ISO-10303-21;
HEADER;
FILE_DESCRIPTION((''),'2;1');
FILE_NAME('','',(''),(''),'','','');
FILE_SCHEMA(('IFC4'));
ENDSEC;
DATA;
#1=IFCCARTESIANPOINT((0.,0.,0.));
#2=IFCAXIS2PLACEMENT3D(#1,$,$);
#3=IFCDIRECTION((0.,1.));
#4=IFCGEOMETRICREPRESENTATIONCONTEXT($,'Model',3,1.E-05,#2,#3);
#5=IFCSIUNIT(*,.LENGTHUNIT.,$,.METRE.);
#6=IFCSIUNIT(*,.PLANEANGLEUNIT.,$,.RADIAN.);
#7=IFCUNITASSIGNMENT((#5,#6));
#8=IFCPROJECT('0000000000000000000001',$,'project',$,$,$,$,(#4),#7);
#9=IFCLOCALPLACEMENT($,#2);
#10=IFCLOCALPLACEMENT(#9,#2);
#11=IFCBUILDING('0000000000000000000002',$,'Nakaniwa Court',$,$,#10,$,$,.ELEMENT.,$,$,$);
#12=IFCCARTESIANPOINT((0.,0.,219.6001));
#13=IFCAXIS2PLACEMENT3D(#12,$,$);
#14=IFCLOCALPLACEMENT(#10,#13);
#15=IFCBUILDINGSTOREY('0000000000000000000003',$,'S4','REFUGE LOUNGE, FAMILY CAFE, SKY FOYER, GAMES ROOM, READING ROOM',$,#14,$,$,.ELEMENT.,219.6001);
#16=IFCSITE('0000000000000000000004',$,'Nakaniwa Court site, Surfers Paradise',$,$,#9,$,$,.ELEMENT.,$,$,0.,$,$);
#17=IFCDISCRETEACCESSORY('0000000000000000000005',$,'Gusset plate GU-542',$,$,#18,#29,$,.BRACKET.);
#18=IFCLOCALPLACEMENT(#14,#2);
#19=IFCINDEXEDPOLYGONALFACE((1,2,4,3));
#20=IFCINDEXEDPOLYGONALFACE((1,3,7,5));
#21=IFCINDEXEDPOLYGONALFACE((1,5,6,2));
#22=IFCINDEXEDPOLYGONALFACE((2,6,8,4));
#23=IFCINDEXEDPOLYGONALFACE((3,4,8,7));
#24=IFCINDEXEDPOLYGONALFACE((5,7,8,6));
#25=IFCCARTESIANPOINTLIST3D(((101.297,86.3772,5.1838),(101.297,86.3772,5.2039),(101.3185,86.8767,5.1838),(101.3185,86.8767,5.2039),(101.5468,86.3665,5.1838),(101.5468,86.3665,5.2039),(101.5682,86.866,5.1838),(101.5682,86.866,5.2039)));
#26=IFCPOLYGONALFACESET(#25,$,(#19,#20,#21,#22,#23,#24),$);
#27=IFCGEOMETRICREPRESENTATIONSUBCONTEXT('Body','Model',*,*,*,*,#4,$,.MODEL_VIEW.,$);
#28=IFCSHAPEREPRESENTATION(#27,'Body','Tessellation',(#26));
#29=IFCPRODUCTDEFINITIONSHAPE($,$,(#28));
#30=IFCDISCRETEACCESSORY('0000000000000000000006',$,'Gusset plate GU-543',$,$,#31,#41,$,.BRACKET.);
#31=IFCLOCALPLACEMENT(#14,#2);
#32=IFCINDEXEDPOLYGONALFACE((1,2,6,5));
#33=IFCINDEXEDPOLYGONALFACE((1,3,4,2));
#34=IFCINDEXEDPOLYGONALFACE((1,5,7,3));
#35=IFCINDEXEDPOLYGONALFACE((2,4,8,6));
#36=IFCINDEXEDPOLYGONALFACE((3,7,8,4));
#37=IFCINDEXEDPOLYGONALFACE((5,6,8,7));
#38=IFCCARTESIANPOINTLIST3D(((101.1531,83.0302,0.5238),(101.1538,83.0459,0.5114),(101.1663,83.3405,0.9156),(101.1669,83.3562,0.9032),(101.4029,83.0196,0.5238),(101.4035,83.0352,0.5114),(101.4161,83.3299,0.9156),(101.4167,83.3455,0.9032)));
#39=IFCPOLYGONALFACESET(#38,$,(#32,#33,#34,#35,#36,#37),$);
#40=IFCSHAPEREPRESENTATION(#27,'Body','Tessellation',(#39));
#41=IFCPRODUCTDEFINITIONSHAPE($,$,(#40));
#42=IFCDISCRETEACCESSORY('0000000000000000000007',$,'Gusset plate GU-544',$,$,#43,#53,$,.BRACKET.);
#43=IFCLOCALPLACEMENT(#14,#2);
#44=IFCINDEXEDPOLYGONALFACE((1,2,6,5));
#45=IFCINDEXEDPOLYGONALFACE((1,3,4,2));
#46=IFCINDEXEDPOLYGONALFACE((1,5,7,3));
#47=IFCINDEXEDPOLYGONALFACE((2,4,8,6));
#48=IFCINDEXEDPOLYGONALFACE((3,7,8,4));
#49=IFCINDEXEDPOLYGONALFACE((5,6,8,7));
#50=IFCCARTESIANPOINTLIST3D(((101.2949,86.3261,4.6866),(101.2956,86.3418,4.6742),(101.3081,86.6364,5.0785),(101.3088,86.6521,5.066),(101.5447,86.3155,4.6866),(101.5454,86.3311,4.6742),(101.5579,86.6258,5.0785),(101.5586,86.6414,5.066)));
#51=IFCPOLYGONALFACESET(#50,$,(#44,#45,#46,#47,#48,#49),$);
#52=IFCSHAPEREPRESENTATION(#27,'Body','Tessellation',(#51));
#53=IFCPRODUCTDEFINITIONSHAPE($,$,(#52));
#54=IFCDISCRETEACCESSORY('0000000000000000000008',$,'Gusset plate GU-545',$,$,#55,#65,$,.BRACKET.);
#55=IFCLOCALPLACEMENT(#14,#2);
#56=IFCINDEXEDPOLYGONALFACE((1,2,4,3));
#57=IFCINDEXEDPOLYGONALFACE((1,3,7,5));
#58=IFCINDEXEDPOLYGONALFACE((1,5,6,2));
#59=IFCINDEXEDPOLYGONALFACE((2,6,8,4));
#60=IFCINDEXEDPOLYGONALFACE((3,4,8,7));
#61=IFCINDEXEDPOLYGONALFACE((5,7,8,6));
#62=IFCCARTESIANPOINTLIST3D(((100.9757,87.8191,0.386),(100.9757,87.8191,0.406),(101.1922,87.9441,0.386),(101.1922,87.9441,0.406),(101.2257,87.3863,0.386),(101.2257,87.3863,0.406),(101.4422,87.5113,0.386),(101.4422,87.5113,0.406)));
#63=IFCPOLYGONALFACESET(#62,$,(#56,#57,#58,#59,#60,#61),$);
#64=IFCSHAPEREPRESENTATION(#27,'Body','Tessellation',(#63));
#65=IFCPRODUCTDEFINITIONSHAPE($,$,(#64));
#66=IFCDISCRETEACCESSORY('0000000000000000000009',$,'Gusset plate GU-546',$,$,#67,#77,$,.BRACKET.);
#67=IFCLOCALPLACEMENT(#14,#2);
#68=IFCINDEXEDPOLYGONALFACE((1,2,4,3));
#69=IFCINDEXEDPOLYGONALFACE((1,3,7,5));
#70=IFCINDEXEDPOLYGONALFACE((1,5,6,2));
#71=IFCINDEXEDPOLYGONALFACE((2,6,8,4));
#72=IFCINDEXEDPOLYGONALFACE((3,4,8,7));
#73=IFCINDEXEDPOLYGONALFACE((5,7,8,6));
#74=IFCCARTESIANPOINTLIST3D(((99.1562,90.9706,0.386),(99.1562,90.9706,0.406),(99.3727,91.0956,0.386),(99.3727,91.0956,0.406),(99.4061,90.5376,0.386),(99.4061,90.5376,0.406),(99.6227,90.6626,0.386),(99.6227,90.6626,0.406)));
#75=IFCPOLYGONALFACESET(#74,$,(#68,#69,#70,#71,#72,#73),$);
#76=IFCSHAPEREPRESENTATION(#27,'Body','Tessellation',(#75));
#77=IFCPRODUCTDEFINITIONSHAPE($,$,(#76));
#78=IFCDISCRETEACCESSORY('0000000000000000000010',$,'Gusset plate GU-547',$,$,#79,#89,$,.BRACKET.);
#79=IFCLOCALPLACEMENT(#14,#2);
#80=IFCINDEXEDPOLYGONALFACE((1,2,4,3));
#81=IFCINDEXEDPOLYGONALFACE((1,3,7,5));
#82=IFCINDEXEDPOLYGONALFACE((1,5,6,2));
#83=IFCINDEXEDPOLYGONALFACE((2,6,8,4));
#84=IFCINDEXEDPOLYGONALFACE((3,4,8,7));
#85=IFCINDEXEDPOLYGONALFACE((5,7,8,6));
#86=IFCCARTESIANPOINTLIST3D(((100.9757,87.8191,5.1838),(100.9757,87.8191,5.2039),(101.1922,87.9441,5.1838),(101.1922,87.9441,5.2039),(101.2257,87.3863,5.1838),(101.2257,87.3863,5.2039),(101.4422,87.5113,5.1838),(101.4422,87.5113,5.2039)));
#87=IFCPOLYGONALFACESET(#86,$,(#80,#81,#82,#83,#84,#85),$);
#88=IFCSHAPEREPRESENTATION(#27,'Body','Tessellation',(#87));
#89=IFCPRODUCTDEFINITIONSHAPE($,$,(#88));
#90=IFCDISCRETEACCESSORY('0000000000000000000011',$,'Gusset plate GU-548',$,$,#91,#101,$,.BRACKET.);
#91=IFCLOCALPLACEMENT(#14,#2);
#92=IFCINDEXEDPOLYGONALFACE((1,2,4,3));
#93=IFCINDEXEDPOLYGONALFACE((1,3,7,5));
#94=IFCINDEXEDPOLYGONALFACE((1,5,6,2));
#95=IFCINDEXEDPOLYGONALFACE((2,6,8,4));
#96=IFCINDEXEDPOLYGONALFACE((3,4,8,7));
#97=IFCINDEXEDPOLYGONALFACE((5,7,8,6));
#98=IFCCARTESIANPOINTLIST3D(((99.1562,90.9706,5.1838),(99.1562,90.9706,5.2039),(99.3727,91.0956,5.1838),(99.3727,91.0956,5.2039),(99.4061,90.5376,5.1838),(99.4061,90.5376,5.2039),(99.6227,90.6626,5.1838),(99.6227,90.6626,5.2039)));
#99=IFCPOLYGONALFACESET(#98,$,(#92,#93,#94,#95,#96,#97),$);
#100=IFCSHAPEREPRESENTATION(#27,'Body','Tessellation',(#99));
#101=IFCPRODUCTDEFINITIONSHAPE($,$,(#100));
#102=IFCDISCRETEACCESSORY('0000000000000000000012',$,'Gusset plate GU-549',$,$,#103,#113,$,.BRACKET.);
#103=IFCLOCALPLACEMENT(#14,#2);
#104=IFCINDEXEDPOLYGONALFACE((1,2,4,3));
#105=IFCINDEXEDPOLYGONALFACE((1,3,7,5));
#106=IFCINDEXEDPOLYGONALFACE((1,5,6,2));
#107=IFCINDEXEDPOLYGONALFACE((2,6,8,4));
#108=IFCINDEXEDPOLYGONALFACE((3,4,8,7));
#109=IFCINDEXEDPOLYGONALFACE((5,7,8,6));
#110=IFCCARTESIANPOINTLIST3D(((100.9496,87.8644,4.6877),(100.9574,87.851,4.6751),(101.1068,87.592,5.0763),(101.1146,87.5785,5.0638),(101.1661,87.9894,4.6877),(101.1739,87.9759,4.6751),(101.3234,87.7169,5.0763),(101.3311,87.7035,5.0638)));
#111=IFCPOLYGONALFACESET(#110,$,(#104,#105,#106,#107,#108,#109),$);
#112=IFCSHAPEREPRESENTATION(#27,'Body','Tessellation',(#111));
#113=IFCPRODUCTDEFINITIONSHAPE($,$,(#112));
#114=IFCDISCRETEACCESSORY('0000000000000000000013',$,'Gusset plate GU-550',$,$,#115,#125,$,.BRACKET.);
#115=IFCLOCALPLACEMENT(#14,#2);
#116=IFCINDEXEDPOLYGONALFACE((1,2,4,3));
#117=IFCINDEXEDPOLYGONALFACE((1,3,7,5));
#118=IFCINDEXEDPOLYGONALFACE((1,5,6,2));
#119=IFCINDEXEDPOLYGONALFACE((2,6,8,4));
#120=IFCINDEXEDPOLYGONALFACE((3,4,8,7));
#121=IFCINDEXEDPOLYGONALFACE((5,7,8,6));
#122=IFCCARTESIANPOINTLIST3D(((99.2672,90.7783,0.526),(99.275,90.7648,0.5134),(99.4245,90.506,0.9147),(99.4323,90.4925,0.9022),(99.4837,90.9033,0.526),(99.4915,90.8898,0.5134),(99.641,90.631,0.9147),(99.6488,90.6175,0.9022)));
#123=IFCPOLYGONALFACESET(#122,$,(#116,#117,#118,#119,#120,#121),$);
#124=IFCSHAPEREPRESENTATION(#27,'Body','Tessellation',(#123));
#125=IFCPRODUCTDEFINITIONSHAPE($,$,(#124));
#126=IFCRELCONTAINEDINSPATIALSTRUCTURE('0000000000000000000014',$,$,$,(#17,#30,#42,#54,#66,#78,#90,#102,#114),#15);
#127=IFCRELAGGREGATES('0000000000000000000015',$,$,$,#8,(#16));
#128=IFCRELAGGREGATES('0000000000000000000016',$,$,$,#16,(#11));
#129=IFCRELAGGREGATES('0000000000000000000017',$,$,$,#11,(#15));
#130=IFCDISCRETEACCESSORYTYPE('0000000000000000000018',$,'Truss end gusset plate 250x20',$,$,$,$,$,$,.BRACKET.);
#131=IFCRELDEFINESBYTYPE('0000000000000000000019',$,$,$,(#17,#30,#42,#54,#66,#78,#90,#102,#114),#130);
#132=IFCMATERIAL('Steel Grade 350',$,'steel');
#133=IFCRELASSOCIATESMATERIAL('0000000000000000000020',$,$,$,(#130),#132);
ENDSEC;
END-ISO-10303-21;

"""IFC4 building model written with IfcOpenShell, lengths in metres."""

from ifc_helpers import new_model, si_unit, direction, frame, origin, origin_2d, place, context, subcontext, project, spatial, rectangle, extrude, material, material_profile, profile_set, type_object, element, save


model = new_model("IFC4")

# Units and contexts
model_context = context("Model", 3, precision=1e-05, world=origin(), true_north=direction((0.0, 1.0)))
body_context = subcontext(model_context, "Body", "Model", "MODEL_VIEW")
ifc_project = project(units=[si_unit("LENGTHUNIT", "METRE"), si_unit("PLANEANGLEUNIT", "RADIAN")], contexts=[model_context])

# Site, building, storey
site_placement = place(None, origin())
site = spatial("IfcSite", under=ifc_project, at=site_placement, Name="Nakaniwa Court site, Surfers Paradise", CompositionType="ELEMENT", RefElevation=0.0)
building_placement = place(site_placement, origin())
building = spatial("IfcBuilding", under=site, at=building_placement, Name="Nakaniwa Court", CompositionType="ELEMENT")
storey_placement = place(building_placement, frame((0.0, 0.0, 219.6001)))
storey = spatial("IfcBuildingStorey", under=building, at=storey_placement, Name="S4", Description="REFUGE LOUNGE, FAMILY CAFE, SKY FOYER, GAMES ROOM, READING ROOM", CompositionType="ELEMENT", Elevation=219.6001)

# Shared definitions
ifc_material_1 = material(Name="Steel Grade 350", Category="steel")

# Discrete accessories
ifc_material_profile_1 = material_profile(ifc_material_1, rectangle(XDim=0.25, YDim=0.02, at=origin_2d()), Name="Truss end gusset plate 250x20")
ifc_profile_set_1 = profile_set([ifc_material_profile_1], Name="Steel Grade 350")
discrete_accessory_type = type_object("IfcDiscreteAccessoryType", Name="Truss end gusset plate 250x20", PredefinedType="BRACKET", material=ifc_profile_set_1)
for number, where, z_axis, x_axis, name in (
    (1, (101.4219, 86.3718, 5.1938), (0.042971, 0.999076, 0.0), (-0.999076, 0.042971, 0.0), "Gusset plate GU-542"),
    (2, (101.2915, 83.343, 0.9094), (-0.026367, -0.6206, -0.783684), (0.999099, -0.042448, 0.0), "Gusset plate GU-543"),
    (3, (101.4202, 86.3286, 4.6804), (0.026367, 0.6206, 0.783684), (-0.999099, 0.042448, 0.0), "Gusset plate GU-544"),
):
    element("IfcDiscreteAccessory", number, at=place(storey_placement, frame(where, z_axis=z_axis, x_axis=x_axis)), inside=storey, type_object=discrete_accessory_type, Name=name, PredefinedType="BRACKET", context=body_context, shape_type="SweptSolid", body=[
        extrude(rectangle(XDim=0.25, YDim=0.02, at=origin_2d()), origin(), (0.0, 0.0, 1.0), 0.5),
    ])
discrete_accessory_1_placement = place(storey_placement, frame((101.084, 87.8816, 0.396), z_axis=(0.500131, -0.86595, 0.0), x_axis=(0.86595, 0.500131, 0.0)))
element("IfcDiscreteAccessory", 4, at=discrete_accessory_1_placement, inside=storey, type_object=discrete_accessory_type, Name="Gusset plate GU-545", PredefinedType="BRACKET", context=body_context, shape_type="SweptSolid", body=[
    extrude(rectangle(XDim=0.25, YDim=0.02, at=origin_2d()), origin(), (0.0, 0.0, 1.0), 0.4998),
])
discrete_accessory_2_placement = place(storey_placement, frame((99.5144, 90.6001, 0.396), z_axis=(-0.49992, 0.866072, 0.0), x_axis=(-0.866072, -0.49992, 0.0)))
element("IfcDiscreteAccessory", 5, at=discrete_accessory_2_placement, inside=storey, type_object=discrete_accessory_type, Name="Gusset plate GU-546", PredefinedType="BRACKET", context=body_context, shape_type="SweptSolid", body=[
    extrude(rectangle(XDim=0.25, YDim=0.02, at=origin_2d()), origin(), (0.0, 0.0, 1.0), 0.5),
])
discrete_accessory_3_placement = place(storey_placement, frame((101.084, 87.8816, 5.1938), z_axis=(0.500131, -0.86595, 0.0), x_axis=(0.86595, 0.500131, 0.0)))
element("IfcDiscreteAccessory", 6, at=discrete_accessory_3_placement, inside=storey, type_object=discrete_accessory_type, Name="Gusset plate GU-547", PredefinedType="BRACKET", context=body_context, shape_type="SweptSolid", body=[
    extrude(rectangle(XDim=0.25, YDim=0.02, at=origin_2d()), origin(), (0.0, 0.0, 1.0), 0.4998),
])
for number, where, z_axis, x_axis, name in (
    (7, (99.5144, 90.6001, 5.1938), (-0.49992, 0.866072, 0.0), (-0.866072, -0.49992, 0.0), "Gusset plate GU-548"),
    (8, (101.0618, 87.9202, 4.6814), (0.31444, -0.544899, 0.777311), (0.866134, 0.499812, 0.0), "Gusset plate GU-549"),
    (9, (99.5366, 90.5618, 0.9084), (-0.314524, 0.544556, -0.777518), (-0.86594, -0.500148, 0.0), "Gusset plate GU-550"),
):
    element("IfcDiscreteAccessory", number, at=place(storey_placement, frame(where, z_axis=z_axis, x_axis=x_axis)), inside=storey, type_object=discrete_accessory_type, Name=name, PredefinedType="BRACKET", context=body_context, shape_type="SweptSolid", body=[
        extrude(rectangle(XDim=0.25, YDim=0.02, at=origin_2d()), origin(), (0.0, 0.0, 1.0), 0.5),
    ])

save(model, "model.ifc")
